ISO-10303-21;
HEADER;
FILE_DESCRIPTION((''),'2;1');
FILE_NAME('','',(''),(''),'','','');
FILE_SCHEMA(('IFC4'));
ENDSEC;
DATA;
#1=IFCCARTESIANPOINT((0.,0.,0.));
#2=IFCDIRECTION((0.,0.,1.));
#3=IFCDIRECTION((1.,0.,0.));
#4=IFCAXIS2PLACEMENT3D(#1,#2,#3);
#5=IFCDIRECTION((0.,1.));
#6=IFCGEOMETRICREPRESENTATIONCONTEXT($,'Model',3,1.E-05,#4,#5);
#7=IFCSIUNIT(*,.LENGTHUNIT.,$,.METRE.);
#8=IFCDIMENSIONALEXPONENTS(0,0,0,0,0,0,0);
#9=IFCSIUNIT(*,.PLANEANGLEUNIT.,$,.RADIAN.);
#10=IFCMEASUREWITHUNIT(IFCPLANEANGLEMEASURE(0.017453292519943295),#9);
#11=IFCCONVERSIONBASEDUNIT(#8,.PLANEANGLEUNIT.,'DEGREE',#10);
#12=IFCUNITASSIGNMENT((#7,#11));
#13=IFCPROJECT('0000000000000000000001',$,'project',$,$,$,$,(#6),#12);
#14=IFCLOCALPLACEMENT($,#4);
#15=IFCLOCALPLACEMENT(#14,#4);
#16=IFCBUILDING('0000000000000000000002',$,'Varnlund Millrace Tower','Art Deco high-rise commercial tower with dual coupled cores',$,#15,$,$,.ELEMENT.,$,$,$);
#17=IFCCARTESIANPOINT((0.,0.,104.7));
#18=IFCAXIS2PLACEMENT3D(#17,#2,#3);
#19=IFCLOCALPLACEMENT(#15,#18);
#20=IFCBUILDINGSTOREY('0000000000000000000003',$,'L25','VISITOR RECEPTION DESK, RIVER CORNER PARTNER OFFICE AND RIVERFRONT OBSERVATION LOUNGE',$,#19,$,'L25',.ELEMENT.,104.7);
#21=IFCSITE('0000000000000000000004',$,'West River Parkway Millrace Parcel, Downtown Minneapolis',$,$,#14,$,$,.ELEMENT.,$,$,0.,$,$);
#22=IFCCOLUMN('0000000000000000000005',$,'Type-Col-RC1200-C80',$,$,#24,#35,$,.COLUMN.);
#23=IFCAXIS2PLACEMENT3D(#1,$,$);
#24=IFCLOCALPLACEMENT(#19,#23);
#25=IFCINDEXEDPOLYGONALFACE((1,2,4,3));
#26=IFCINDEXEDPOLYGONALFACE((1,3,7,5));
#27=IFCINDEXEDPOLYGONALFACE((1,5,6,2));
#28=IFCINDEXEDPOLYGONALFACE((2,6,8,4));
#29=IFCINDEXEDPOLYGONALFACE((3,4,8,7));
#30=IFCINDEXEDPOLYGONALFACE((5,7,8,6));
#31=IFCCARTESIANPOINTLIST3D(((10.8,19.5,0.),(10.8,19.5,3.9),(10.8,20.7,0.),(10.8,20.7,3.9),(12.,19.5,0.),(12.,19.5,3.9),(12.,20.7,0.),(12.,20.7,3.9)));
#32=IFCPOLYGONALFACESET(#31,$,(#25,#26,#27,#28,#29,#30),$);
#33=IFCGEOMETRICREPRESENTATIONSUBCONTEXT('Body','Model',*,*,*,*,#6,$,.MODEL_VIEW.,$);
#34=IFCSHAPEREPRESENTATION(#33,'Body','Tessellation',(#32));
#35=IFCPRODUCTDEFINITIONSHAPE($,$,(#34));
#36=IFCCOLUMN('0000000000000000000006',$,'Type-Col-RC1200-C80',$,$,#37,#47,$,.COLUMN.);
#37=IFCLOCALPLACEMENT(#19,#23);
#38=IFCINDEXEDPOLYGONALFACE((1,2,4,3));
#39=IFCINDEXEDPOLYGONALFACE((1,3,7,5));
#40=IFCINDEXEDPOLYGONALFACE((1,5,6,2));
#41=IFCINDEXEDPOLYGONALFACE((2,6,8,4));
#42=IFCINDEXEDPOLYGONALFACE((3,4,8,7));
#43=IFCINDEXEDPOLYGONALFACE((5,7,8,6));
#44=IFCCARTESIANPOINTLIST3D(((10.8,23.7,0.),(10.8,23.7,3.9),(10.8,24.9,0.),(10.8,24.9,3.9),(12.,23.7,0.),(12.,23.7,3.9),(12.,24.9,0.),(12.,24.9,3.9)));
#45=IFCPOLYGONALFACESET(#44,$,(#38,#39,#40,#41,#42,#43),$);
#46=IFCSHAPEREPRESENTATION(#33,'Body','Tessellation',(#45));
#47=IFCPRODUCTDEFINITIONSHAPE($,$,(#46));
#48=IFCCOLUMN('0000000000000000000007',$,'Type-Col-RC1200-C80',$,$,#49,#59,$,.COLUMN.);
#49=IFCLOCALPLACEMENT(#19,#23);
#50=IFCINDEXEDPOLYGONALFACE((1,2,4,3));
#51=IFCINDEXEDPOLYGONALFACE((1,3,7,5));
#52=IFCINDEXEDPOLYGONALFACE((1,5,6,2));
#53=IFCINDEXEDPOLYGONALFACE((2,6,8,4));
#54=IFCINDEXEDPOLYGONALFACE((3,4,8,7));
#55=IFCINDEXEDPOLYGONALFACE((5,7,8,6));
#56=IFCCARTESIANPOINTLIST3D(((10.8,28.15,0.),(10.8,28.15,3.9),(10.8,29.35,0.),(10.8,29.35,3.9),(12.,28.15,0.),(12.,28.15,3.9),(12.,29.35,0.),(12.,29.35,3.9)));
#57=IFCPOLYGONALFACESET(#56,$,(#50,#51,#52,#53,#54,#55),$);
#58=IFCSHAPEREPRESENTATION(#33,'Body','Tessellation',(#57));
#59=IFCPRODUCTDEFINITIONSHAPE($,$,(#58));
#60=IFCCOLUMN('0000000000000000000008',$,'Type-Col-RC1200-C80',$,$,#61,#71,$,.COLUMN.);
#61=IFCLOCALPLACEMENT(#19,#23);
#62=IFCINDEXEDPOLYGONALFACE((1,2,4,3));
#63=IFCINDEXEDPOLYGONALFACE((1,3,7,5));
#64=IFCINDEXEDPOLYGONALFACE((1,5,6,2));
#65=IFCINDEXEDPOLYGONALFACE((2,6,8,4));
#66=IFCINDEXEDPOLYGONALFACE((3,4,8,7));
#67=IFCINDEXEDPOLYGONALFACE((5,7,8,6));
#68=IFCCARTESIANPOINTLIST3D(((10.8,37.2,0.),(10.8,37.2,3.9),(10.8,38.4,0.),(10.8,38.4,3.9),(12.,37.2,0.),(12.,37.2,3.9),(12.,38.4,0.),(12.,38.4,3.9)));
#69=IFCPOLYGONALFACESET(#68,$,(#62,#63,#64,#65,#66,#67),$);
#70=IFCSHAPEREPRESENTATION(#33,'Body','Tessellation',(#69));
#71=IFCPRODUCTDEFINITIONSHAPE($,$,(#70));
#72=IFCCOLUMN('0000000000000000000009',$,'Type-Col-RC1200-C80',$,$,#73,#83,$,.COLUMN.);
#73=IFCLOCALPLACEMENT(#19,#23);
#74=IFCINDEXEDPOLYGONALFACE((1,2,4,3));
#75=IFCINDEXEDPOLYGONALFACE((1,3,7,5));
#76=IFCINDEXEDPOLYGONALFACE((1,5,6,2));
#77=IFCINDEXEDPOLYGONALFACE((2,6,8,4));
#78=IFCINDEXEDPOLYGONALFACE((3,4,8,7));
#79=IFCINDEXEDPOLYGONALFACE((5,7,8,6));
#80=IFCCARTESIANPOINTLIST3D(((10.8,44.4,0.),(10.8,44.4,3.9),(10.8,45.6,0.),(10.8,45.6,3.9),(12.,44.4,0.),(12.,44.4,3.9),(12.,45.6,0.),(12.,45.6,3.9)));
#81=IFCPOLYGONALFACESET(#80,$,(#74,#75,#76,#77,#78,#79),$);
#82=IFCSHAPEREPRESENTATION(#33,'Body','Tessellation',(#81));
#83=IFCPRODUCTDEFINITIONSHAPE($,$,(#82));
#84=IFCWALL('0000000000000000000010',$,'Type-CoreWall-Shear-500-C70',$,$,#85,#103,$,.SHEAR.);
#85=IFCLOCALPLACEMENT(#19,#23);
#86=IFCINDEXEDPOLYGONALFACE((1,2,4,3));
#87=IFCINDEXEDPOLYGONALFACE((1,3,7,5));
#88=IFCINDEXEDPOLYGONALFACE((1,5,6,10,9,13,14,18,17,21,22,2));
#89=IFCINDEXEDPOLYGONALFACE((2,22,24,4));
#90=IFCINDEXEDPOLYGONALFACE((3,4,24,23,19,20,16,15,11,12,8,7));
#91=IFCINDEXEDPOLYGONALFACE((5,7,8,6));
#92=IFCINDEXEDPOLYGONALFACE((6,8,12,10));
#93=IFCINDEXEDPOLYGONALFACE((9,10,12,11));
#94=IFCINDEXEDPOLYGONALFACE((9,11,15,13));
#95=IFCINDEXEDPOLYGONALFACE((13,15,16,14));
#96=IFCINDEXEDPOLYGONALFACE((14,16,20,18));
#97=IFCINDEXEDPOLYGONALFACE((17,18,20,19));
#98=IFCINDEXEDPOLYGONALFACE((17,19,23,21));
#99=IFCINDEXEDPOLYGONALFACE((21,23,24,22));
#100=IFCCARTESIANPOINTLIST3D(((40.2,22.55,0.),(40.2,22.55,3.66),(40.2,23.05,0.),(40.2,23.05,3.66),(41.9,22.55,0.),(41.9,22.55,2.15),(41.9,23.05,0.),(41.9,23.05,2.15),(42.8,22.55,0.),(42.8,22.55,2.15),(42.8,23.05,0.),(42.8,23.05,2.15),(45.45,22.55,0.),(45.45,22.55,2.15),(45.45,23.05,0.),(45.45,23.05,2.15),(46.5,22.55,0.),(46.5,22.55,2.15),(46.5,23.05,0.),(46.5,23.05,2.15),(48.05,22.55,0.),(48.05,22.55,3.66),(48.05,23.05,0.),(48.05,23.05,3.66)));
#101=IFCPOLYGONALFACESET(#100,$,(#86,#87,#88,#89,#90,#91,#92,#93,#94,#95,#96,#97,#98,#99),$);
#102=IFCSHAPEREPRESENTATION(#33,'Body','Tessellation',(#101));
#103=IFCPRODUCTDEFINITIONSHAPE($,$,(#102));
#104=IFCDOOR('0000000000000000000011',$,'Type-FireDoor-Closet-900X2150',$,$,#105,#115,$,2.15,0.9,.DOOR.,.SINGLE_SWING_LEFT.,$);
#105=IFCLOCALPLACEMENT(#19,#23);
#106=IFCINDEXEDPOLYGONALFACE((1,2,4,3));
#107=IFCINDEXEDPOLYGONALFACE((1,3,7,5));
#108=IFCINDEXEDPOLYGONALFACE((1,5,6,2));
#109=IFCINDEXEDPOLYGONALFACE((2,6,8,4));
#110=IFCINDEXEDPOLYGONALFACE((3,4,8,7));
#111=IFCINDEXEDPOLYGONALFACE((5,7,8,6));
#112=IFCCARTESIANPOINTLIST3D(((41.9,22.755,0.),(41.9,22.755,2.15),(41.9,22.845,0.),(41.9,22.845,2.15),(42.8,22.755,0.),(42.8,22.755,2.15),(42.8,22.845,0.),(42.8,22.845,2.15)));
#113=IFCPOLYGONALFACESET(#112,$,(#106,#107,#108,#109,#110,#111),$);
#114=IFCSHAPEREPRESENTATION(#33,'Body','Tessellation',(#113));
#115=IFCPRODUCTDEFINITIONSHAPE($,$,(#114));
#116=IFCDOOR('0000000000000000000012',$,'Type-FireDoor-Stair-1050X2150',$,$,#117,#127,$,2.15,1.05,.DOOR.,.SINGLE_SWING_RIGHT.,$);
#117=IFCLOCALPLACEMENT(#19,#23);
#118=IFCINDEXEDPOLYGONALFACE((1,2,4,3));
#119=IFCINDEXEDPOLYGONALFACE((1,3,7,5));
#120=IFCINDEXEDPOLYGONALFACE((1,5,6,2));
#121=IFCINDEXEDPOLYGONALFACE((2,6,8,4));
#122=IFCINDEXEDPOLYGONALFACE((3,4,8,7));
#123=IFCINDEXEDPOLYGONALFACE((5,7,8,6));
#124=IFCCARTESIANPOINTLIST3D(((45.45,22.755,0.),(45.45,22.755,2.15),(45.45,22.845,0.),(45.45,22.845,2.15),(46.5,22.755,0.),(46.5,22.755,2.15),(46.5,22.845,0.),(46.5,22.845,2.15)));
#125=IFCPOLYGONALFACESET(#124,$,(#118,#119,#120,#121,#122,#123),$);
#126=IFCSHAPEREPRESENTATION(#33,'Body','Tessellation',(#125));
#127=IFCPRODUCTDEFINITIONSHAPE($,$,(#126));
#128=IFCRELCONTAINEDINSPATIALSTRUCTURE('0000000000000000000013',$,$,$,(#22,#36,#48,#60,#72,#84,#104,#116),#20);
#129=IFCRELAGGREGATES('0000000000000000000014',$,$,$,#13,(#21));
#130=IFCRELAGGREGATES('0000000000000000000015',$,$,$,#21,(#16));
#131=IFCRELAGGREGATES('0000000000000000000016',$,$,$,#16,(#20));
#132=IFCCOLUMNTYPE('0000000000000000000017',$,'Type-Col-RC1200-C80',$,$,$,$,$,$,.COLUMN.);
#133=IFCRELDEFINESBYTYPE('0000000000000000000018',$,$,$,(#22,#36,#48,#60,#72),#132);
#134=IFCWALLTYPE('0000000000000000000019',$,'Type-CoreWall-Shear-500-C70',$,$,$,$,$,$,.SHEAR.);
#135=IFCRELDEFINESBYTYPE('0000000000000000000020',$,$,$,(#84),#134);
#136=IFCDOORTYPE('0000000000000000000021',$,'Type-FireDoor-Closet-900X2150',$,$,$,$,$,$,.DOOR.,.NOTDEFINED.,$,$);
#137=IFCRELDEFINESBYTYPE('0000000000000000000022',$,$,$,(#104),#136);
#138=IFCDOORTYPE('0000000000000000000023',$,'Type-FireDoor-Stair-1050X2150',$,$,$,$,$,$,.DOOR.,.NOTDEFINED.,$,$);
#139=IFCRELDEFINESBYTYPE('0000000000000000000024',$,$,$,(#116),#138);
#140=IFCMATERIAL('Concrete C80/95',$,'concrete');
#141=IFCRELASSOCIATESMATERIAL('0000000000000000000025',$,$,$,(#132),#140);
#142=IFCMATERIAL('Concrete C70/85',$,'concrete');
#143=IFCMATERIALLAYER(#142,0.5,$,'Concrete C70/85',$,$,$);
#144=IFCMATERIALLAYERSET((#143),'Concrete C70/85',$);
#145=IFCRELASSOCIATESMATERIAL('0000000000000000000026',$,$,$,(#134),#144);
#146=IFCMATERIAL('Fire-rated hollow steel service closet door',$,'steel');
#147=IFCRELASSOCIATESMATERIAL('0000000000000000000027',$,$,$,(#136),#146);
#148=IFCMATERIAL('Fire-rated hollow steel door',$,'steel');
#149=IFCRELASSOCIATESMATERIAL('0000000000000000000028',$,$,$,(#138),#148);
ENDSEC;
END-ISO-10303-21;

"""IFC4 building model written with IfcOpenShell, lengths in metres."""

from ifc_helpers import new_model, entity, si_unit, converted_unit, direction, frame, origin_with_axes, origin_2d_with_axis, place, context, subcontext, project, spatial, polyline, rectangle, outline, extrude, material, layer, layer_set, material_profile, profile_set, type_object, element, fill, save


model = new_model("IFC4")

# Units and contexts
model_context = context("Model", 3, precision=1e-05, world=origin_with_axes(), true_north=direction((0.0, 1.0)))
body_context = subcontext(model_context, "Body", "Model", "MODEL_VIEW")
ifc_project = project(units=[si_unit("LENGTHUNIT", "METRE"), converted_unit("PLANEANGLEUNIT", "DEGREE", entity("IfcPlaneAngleMeasure", 0.017453292519943295), si_unit("PLANEANGLEUNIT", "RADIAN"), dimensions=[0, 0, 0, 0, 0, 0, 0])], contexts=[model_context])

# Site, building, storey
site_placement = place(None, origin_with_axes())
site = spatial("IfcSite", under=ifc_project, at=site_placement, Name="West River Parkway Millrace Parcel, Downtown Minneapolis", CompositionType="ELEMENT", RefElevation=0.0)
building_placement = place(site_placement, origin_with_axes())
building = spatial("IfcBuilding", under=site, at=building_placement, Name="Varnlund Millrace Tower", Description="Art Deco high-rise commercial tower with dual coupled cores", CompositionType="ELEMENT")
storey_placement = place(building_placement, frame((0.0, 0.0, 104.7), z_axis=(0.0, 0.0, 1.0), x_axis=(1.0, 0.0, 0.0)))
storey = spatial("IfcBuildingStorey", under=building, at=storey_placement, Name="L25", Description="VISITOR RECEPTION DESK, RIVER CORNER PARTNER OFFICE AND RIVERFRONT OBSERVATION LOUNGE", LongName="L25", CompositionType="ELEMENT", Elevation=104.7)

# Columns
ifc_material_1 = material(Name="Concrete C80/95", Category="concrete")
ifc_material_profile = material_profile(ifc_material_1, rectangle(XDim=1.2, YDim=1.2, at=origin_2d_with_axis()), Name="Concrete C80/95")
ifc_profile_set = profile_set([ifc_material_profile], Name="Concrete C80/95")
column_type = type_object("IfcColumnType", Name="Type-Col-RC1200-C80", PredefinedType="COLUMN", material=ifc_profile_set)
for number, where, z_axis, x_axis, name in (
    (1, (11.4, 20.1, 0.0), (0.0, 0.0, 1.0), (1.0, 0.0, 0.0), "Type-Col-RC1200-C80"),
    (2, (11.4, 24.3, 0.0), (0.0, 0.0, 1.0), (1.0, 0.0, 0.0), "Type-Col-RC1200-C80"),
    (3, (11.4, 28.75, 0.0), (0.0, 0.0, 1.0), (1.0, 0.0, 0.0), "Type-Col-RC1200-C80"),
    (4, (11.4, 37.8, 0.0), (0.0, 0.0, 1.0), (1.0, 0.0, 0.0), "Type-Col-RC1200-C80"),
    (5, (11.4, 45.0, 0.0), (0.0, 0.0, 1.0), (1.0, 0.0, 0.0), "Type-Col-RC1200-C80"),
):
    element("IfcColumn", number, at=place(storey_placement, frame(where, z_axis=z_axis, x_axis=x_axis)), inside=storey, type_object=column_type, Name=name, PredefinedType="COLUMN", context=body_context, shape_type="SweptSolid", body=[
        extrude(rectangle(XDim=1.2, YDim=1.2, at=origin_2d_with_axis()), origin_with_axes(), (0.0, 0.0, 1.0), 3.9),
    ])

# Wall, openings, doors
ifc_material_2 = material(Name="Concrete C70/85", Category="concrete")
ifc_layer_1 = layer(ifc_material_2, 0.5, Name="Concrete C70/85")
ifc_layer_set_1 = layer_set([ifc_layer_1], Name="Concrete C70/85")
wall_type_1 = type_object("IfcWallType", Name="Type-CoreWall-Shear-500-C70", PredefinedType="SHEAR", material=ifc_layer_set_1)
wall_1_placement = place(storey_placement, frame((40.2, 22.8, 0.0), z_axis=(0.0, 0.0, 1.0), x_axis=(1.0, 0.0, 0.0)))
wall_1 = element("IfcWall", 6, at=wall_1_placement, inside=storey, type_object=wall_type_1, Name="Type-CoreWall-Shear-500-C70", PredefinedType="SHEAR", context=body_context, shape_type="SweptSolid", body=[
    extrude(outline(polyline([(0.0, -0.25), (7.85, -0.25), (7.85, 0.25), (0.0, 0.25), (0.0, -0.25)])), origin_with_axes(), (0.0, 0.0, 1.0), 3.66),
])
opening_1_placement = place(wall_1_placement, frame((5.775, 0.0, 0.0), z_axis=(0.0, 0.0, 1.0), x_axis=(1.0, 0.0, 0.0)))
opening_1 = element("IfcOpeningElement", 7, at=opening_1_placement, cuts=wall_1, PredefinedType="OPENING", context=body_context, shape_type="SweptSolid", body=[
    extrude(rectangle(XDim=1.05, YDim=0.52, at=origin_2d_with_axis()), origin_with_axes(), (0.0, 0.0, 1.0), 2.15),
])
opening_2_placement = place(wall_1_placement, frame((2.15, 0.0, 0.0), z_axis=(0.0, 0.0, 1.0), x_axis=(1.0, 0.0, 0.0)))
opening_2 = element("IfcOpeningElement", 8, at=opening_2_placement, cuts=wall_1, PredefinedType="OPENING", context=body_context, shape_type="SweptSolid", body=[
    extrude(rectangle(XDim=0.9, YDim=0.52, at=origin_2d_with_axis()), origin_with_axes(), (0.0, 0.0, 1.0), 2.15),
])
ifc_material_3 = material(Name="Fire-rated hollow steel service closet door", Category="steel")
door_type_1 = type_object("IfcDoorType", Name="Type-FireDoor-Closet-900X2150", OperationType="NOTDEFINED", PredefinedType="DOOR", material=ifc_material_3)
door_1_placement = place(wall_1_placement, frame((2.15, 0.0, 0.0), z_axis=(0.0, 0.0, 1.0), x_axis=(1.0, 0.0, 0.0)))
door_1 = element("IfcDoor", 9, at=door_1_placement, inside=storey, type_object=door_type_1, Name="Type-FireDoor-Closet-900X2150", OperationType="SINGLE_SWING_LEFT", OverallHeight=2.15, OverallWidth=0.9, PredefinedType="DOOR", context=body_context, shape_type="SweptSolid", body=[
    extrude(rectangle(XDim=0.9, YDim=0.09, at=origin_2d_with_axis()), origin_with_axes(), (0.0, 0.0, 1.0), 2.15),
])
fill(opening_2, door_1)
ifc_material_4 = material(Name="Fire-rated hollow steel door", Category="steel")
door_type_2 = type_object("IfcDoorType", Name="Type-FireDoor-Stair-1050X2150", OperationType="NOTDEFINED", PredefinedType="DOOR", material=ifc_material_4)
door_2_placement = place(wall_1_placement, frame((5.775, 0.0, 0.0), z_axis=(0.0, 0.0, 1.0), x_axis=(1.0, 0.0, 0.0)))
door_2 = element("IfcDoor", 10, at=door_2_placement, inside=storey, type_object=door_type_2, Name="Type-FireDoor-Stair-1050X2150", OperationType="SINGLE_SWING_RIGHT", OverallHeight=2.15, OverallWidth=1.05, PredefinedType="DOOR", context=body_context, shape_type="SweptSolid", body=[
    extrude(rectangle(XDim=1.05, YDim=0.09, at=origin_2d_with_axis()), origin_with_axes(), (0.0, 0.0, 1.0), 2.15),
])
fill(opening_1, door_2)

save(model, "model.ifc")
